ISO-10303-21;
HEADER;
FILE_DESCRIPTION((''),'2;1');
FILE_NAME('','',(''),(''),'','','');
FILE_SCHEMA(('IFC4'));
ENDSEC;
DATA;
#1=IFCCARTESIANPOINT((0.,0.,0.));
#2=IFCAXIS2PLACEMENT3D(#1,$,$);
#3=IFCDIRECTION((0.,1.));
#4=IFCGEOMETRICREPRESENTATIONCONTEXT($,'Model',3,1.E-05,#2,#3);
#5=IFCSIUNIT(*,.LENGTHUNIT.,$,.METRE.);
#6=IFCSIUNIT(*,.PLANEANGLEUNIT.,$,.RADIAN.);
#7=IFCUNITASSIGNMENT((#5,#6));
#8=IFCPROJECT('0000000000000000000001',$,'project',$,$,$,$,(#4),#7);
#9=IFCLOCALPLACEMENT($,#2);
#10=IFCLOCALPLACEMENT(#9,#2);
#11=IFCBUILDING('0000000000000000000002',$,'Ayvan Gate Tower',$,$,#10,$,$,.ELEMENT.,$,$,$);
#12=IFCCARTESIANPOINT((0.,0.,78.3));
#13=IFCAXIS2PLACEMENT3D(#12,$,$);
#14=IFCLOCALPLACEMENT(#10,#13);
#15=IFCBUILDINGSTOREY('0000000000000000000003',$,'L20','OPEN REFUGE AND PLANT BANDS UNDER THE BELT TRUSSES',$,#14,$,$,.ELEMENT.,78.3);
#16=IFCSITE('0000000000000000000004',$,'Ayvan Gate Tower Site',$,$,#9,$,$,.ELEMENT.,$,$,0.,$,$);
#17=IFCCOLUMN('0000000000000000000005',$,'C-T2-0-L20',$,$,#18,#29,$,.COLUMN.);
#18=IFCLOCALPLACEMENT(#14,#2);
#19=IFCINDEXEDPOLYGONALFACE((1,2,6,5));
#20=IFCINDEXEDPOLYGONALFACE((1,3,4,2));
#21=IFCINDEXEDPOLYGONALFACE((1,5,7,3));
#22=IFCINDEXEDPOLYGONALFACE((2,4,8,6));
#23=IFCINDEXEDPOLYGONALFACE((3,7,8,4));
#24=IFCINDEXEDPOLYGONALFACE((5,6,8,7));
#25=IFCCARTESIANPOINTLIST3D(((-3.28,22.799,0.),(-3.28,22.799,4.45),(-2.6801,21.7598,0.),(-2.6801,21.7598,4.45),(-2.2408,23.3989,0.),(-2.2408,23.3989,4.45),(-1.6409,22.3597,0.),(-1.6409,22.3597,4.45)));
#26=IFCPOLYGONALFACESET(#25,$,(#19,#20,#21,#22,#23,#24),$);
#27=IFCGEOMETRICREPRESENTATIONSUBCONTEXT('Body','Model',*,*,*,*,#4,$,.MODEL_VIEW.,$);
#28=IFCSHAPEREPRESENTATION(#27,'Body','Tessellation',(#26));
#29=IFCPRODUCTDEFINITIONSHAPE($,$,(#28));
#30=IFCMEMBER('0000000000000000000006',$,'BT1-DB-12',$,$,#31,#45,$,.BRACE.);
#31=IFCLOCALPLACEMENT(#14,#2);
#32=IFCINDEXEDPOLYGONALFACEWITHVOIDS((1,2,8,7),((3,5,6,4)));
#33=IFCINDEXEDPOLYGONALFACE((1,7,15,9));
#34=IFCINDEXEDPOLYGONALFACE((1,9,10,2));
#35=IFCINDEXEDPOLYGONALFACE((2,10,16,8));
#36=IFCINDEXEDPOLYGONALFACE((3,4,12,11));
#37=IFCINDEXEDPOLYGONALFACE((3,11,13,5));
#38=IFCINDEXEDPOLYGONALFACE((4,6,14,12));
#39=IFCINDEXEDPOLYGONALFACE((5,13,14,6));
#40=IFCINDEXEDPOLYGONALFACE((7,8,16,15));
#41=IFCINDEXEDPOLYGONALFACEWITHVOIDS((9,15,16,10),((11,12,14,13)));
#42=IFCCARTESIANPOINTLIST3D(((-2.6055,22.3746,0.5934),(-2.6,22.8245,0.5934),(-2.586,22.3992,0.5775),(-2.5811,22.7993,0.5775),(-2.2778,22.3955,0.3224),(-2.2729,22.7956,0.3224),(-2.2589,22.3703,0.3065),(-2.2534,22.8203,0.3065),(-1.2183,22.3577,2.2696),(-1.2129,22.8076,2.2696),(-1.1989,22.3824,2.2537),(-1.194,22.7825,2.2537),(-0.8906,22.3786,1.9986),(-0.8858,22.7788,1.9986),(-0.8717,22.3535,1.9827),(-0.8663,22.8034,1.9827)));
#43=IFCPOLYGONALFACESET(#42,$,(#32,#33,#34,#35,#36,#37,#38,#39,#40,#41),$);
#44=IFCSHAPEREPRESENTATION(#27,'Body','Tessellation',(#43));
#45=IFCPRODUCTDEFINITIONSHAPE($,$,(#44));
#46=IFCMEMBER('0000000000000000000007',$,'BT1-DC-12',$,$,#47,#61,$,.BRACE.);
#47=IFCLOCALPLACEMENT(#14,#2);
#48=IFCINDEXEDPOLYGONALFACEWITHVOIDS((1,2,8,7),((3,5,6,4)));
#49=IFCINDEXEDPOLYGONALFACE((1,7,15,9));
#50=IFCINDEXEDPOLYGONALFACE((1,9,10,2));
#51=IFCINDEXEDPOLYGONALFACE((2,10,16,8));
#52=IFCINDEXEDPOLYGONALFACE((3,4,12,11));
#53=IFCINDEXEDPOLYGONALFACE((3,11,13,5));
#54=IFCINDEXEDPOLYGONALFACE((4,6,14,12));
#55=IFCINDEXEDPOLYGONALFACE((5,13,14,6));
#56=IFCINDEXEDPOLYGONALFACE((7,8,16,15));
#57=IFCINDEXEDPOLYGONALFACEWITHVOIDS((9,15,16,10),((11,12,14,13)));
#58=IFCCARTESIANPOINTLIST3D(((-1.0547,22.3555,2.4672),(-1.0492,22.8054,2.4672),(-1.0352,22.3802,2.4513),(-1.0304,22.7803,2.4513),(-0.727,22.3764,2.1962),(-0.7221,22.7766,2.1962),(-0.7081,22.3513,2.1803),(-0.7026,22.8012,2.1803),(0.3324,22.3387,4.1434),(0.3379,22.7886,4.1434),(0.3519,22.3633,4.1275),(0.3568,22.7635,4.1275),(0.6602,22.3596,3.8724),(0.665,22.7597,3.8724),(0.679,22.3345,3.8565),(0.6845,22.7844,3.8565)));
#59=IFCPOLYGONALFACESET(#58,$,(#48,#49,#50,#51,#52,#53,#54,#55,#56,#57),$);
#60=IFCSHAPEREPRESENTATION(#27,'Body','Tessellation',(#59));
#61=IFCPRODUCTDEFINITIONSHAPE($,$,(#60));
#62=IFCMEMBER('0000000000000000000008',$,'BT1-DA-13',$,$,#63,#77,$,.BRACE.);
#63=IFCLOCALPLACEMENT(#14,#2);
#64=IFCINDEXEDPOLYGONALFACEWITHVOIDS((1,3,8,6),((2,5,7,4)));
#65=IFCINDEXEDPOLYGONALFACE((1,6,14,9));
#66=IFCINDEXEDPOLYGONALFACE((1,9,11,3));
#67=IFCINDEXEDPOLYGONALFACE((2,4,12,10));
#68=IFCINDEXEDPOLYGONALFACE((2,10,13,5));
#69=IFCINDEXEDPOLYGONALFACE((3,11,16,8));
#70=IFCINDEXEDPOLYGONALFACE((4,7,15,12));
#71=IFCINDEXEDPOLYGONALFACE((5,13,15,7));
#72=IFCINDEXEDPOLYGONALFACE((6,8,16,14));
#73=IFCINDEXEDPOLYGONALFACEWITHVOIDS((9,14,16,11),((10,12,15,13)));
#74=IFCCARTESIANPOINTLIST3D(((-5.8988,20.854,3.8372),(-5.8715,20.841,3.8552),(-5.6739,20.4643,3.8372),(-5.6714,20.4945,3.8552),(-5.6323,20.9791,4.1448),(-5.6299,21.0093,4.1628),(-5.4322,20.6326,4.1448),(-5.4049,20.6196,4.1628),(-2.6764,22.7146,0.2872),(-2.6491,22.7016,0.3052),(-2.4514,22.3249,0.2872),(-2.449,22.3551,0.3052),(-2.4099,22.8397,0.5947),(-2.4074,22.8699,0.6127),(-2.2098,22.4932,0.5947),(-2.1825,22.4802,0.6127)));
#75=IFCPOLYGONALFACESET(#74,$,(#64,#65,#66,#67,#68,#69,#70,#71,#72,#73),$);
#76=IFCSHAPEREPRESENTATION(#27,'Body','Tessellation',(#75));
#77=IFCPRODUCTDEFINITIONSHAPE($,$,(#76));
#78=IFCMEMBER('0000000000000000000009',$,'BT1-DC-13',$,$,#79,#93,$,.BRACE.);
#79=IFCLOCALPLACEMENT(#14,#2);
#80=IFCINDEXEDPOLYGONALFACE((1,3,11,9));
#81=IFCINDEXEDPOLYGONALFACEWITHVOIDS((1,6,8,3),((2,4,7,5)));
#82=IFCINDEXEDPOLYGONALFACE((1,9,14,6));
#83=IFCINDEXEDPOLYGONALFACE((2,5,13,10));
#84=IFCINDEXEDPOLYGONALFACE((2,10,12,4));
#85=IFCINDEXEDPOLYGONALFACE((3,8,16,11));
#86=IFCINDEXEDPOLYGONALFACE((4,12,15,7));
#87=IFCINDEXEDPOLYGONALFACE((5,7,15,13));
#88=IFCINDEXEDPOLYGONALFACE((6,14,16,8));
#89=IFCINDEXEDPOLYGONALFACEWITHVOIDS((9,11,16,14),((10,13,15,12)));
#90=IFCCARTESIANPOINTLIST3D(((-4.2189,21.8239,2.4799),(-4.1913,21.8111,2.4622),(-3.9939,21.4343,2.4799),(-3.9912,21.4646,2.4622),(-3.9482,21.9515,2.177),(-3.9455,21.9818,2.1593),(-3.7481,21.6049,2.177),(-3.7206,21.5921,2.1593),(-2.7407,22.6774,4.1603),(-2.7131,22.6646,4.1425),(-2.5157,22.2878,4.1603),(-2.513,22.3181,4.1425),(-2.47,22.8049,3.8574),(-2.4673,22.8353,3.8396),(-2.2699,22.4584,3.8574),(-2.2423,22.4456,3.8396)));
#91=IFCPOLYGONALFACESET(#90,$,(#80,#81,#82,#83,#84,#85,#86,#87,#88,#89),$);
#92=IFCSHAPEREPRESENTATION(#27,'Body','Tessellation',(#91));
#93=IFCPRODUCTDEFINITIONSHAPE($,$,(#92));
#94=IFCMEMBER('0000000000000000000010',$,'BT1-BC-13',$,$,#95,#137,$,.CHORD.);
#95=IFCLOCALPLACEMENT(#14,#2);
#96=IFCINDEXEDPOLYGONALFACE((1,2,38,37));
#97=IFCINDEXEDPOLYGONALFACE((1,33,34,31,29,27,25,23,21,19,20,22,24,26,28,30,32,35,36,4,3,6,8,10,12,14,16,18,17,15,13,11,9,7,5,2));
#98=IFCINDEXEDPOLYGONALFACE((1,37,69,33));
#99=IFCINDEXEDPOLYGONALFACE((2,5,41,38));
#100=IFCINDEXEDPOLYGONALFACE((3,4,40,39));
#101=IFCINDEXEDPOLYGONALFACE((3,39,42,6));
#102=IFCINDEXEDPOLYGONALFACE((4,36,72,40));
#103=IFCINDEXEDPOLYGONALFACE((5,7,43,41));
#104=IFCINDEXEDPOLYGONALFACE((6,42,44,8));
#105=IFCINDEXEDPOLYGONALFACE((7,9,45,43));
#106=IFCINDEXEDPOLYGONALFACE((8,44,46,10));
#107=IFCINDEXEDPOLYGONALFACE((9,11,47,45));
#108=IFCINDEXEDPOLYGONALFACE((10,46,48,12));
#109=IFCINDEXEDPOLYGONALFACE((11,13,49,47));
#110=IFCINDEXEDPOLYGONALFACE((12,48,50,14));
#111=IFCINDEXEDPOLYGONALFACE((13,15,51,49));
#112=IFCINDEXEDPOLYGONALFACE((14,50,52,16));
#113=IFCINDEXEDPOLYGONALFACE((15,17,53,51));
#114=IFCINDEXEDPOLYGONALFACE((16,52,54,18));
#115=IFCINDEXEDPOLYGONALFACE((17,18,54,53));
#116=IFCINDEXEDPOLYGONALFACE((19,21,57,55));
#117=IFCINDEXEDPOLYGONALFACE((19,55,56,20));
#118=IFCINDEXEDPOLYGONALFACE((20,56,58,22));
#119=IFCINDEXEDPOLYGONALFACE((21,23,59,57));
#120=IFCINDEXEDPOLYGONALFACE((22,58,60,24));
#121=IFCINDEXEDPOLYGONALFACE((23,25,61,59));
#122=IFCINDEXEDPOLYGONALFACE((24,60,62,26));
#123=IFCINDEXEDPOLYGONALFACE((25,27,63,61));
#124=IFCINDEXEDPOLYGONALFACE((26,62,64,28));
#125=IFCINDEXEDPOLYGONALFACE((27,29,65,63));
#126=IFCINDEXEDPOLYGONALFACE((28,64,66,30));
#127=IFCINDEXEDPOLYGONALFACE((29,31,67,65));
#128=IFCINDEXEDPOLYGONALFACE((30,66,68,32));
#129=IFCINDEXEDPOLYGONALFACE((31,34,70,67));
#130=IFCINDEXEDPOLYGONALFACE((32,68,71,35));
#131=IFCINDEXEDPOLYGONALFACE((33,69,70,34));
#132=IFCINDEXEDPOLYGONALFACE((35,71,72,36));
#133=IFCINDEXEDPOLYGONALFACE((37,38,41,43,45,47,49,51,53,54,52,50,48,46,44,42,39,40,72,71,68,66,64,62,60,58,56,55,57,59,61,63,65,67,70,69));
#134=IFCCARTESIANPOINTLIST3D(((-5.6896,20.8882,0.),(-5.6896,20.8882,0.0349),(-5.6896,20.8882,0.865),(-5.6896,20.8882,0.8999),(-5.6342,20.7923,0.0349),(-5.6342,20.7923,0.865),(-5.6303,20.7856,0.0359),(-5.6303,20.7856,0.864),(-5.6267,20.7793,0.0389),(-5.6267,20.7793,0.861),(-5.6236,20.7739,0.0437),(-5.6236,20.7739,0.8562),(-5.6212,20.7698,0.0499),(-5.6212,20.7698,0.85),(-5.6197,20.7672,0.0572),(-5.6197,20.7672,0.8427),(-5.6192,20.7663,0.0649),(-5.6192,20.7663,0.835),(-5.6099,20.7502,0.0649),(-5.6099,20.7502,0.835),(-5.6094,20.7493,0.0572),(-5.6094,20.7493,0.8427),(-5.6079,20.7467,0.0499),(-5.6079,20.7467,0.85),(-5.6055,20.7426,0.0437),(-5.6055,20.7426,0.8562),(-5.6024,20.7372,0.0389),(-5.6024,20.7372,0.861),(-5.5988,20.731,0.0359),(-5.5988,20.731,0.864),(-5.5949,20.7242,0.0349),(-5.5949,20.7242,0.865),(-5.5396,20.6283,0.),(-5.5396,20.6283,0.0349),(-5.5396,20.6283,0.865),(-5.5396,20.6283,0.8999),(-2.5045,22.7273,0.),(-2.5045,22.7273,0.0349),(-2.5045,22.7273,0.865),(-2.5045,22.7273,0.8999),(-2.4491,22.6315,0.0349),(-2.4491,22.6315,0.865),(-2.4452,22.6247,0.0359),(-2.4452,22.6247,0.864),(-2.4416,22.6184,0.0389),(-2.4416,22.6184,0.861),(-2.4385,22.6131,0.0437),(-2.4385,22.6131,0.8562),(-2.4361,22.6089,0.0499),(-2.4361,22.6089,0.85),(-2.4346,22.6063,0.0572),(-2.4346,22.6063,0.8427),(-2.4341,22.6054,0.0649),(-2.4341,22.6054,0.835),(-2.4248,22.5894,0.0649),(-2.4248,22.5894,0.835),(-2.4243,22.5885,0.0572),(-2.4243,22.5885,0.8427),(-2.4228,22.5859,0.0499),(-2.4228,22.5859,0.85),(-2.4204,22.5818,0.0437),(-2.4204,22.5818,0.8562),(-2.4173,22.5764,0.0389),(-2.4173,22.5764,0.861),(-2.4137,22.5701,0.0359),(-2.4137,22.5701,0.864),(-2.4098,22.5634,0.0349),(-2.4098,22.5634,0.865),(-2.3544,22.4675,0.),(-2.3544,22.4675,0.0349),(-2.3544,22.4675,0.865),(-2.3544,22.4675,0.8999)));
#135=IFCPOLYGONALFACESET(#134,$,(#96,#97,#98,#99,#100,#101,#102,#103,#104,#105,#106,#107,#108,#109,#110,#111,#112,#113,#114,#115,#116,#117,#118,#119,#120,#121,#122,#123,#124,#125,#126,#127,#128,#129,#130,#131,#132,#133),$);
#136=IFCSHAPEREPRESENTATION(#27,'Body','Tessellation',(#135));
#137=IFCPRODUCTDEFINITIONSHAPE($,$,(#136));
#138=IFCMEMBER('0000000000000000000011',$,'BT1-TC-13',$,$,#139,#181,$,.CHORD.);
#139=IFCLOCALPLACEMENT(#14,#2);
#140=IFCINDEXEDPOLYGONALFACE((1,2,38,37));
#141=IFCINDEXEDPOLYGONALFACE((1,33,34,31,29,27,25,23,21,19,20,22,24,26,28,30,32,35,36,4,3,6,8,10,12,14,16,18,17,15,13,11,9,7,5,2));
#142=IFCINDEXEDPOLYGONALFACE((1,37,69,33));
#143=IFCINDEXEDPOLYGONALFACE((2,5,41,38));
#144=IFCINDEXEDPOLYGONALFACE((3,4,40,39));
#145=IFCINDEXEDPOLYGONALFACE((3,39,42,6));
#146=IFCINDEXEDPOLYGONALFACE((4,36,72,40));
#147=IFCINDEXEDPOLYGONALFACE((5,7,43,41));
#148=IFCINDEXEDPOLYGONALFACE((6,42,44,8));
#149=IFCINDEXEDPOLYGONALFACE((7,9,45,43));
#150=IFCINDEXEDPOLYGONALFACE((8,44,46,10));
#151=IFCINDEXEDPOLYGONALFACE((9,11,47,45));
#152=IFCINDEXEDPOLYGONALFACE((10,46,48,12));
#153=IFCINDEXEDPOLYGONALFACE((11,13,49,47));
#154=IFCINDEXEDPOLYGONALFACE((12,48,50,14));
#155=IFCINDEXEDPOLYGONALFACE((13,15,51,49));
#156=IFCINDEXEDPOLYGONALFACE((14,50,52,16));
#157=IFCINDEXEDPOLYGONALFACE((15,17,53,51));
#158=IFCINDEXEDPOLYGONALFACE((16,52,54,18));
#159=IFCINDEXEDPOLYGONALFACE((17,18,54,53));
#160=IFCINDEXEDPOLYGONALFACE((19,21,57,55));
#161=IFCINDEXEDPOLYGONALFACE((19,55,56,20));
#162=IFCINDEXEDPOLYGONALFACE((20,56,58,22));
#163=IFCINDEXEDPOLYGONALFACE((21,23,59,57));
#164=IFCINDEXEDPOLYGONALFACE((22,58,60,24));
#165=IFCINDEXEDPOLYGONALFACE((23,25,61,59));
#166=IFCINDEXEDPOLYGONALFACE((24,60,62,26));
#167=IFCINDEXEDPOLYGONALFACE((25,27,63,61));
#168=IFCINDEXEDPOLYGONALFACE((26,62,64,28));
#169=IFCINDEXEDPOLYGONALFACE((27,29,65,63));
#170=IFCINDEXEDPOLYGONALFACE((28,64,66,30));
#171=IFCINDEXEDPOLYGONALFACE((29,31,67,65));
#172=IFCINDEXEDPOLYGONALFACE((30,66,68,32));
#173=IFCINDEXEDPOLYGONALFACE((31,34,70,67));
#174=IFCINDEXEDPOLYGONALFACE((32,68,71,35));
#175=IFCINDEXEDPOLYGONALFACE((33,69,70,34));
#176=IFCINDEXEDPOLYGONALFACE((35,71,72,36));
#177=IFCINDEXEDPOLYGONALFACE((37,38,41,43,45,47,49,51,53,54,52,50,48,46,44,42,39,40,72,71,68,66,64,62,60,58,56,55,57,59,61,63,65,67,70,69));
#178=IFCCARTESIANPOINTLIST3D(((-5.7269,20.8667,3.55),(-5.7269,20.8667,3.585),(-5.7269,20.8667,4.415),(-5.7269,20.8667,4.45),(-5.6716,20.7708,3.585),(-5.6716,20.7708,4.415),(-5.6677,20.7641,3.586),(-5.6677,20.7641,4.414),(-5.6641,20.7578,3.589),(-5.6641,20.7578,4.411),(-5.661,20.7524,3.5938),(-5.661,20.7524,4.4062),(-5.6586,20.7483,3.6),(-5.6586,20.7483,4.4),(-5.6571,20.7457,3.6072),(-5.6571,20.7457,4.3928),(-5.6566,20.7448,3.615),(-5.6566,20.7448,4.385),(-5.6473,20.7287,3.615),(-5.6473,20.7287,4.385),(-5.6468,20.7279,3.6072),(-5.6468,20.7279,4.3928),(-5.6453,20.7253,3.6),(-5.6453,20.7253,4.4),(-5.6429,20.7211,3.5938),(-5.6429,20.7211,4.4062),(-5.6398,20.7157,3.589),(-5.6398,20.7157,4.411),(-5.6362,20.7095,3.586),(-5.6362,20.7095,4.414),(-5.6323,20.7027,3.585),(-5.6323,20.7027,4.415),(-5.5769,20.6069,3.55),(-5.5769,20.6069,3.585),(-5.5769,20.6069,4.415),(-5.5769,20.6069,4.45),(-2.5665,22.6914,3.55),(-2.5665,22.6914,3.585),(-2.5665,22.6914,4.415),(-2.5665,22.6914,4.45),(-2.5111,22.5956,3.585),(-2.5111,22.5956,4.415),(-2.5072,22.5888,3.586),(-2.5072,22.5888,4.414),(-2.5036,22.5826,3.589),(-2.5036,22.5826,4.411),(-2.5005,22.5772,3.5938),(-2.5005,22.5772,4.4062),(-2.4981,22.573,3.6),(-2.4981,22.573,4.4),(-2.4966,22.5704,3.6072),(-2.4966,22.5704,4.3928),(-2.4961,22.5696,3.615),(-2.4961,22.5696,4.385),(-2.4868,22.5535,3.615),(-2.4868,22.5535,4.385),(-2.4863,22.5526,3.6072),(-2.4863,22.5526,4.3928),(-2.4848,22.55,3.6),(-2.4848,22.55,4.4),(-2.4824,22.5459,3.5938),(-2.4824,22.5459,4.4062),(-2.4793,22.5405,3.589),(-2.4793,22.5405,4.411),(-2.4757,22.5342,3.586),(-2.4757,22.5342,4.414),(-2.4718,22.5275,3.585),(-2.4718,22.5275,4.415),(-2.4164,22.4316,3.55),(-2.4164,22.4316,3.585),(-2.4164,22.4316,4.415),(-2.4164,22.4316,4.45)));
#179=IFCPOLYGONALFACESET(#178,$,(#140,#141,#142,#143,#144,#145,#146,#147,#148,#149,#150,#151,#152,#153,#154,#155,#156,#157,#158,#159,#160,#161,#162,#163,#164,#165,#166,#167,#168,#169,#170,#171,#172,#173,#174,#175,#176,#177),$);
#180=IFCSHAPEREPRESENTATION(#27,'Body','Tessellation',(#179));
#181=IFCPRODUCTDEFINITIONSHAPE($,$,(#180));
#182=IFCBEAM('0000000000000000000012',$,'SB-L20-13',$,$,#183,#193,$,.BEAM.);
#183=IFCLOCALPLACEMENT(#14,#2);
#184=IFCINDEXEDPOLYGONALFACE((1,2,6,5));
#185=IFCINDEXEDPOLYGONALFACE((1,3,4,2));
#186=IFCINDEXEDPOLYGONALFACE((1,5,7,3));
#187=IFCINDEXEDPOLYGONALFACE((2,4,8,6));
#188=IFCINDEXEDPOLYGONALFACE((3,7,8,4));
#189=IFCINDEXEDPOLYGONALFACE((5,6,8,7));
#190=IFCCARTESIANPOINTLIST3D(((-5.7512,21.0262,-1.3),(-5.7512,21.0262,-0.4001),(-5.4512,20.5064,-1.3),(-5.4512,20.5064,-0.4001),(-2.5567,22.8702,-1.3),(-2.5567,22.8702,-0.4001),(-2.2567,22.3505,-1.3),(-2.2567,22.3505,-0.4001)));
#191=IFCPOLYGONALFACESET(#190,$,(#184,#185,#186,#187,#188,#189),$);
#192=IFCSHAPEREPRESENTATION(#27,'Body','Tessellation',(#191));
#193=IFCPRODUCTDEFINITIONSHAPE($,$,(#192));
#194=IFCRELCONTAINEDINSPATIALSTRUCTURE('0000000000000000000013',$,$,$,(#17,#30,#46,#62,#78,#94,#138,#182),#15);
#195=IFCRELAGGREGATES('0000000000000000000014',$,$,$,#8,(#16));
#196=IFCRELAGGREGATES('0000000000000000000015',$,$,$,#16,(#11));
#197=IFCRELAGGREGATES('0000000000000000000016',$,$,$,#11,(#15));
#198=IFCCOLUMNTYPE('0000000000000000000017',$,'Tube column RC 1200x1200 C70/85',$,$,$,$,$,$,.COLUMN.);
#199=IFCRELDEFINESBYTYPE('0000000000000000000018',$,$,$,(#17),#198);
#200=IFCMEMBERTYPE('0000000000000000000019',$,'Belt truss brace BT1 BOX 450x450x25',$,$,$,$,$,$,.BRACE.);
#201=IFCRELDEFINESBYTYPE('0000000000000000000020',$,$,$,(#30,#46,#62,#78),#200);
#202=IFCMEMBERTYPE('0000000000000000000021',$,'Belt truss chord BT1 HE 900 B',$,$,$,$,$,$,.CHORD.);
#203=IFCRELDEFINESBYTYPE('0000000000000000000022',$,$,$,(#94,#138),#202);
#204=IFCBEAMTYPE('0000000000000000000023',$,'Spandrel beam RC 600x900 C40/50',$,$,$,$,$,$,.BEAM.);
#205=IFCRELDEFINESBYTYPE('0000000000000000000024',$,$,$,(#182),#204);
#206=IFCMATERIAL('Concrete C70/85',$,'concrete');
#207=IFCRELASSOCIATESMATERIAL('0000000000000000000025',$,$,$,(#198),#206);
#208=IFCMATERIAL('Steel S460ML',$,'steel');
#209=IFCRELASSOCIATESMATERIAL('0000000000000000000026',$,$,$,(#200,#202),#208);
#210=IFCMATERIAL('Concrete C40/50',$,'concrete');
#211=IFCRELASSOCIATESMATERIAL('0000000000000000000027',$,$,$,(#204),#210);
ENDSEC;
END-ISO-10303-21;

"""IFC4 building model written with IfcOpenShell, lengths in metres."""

from ifc_helpers import new_model, si_unit, direction, frame, origin, origin_2d, place, context, subcontext, project, spatial, rectangle, hollow_rectangle, i_section, extrude, material, material_profile, profile_set, type_object, element, save


model = new_model("IFC4")

# Units and contexts
model_context = context("Model", 3, precision=1e-05, world=origin(), true_north=direction((0.0, 1.0)))
body_context = subcontext(model_context, "Body", "Model", "MODEL_VIEW")
ifc_project = project(units=[si_unit("LENGTHUNIT", "METRE"), si_unit("PLANEANGLEUNIT", "RADIAN")], contexts=[model_context])

# Site, building, storey
site_placement = place(None, origin())
site = spatial("IfcSite", under=ifc_project, at=site_placement, Name="Ayvan Gate Tower Site", CompositionType="ELEMENT", RefElevation=0.0)
building_placement = place(site_placement, origin())
building = spatial("IfcBuilding", under=site, at=building_placement, Name="Ayvan Gate Tower", CompositionType="ELEMENT")
storey_placement = place(building_placement, frame((0.0, 0.0, 78.3)))
storey = spatial("IfcBuildingStorey", under=building, at=storey_placement, Name="L20", Description="OPEN REFUGE AND PLANT BANDS UNDER THE BELT TRUSSES", CompositionType="ELEMENT", Elevation=78.3)

# Column
ifc_material_1 = material(Name="Concrete C70/85", Category="concrete")
ifc_material_profile_1 = material_profile(ifc_material_1, rectangle(XDim=1.2, YDim=1.2, at=origin_2d()), Name="RC 1200x1200")
ifc_profile_set_1 = profile_set([ifc_material_profile_1], Name="Concrete C70/85")
column_type = type_object("IfcColumnType", Name="Tube column RC 1200x1200 C70/85", PredefinedType="COLUMN", material=ifc_profile_set_1)
column_placement = place(storey_placement, frame((-2.4604, 22.5793, 0.0), z_axis=(0.0, 0.0, 1.0), x_axis=(-0.5, 0.866025, 0.0)))
element("IfcColumn", 1, at=column_placement, inside=storey, type_object=column_type, Name="C-T2-0-L20", PredefinedType="COLUMN", context=body_context, shape_type="SweptSolid", body=[
    extrude(rectangle(XDim=1.2, YDim=1.2, at=origin_2d()), origin(), (0.0, 0.0, 1.0), 4.45),
])

# Members
ifc_material_2 = material(Name="Steel S460ML", Category="steel")
ifc_material_profile_2 = material_profile(ifc_material_2, hollow_rectangle(XDim=0.45, YDim=0.45, WallThickness=0.0249, at=origin_2d()), Name="BOX 450x450x25")
ifc_profile_set_2 = profile_set([ifc_material_profile_2], Name="Steel S460ML")
member_type_1 = type_object("IfcMemberType", Name="Belt truss brace BT1 BOX 450x450x25", PredefinedType="BRACE", material=ifc_profile_set_2)
for number, where, z_axis, x_axis, name in (
    (2, (-2.4294, 22.5974, 0.45), (0.637535, -0.007742, 0.770383), (0.012143, 0.999926, 0.0), "BT1-DB-12"),
    (3, (-0.8787, 22.5784, 2.3237), (0.637535, -0.007742, 0.770383), (0.012143, 0.999926, 0.0), "BT1-DC-12"),
):
    element("IfcMember", number, at=place(storey_placement, frame(where, z_axis=z_axis, x_axis=x_axis)), inside=storey, type_object=member_type_1, Name=name, PredefinedType="BRACE", context=body_context, shape_type="SweptSolid", body=[
        extrude(hollow_rectangle(XDim=0.45, YDim=0.45, WallThickness=0.0249, at=origin_2d()), origin(), (0.0, 0.0, 1.0), 2.1758),
    ])
member_1_placement = place(storey_placement, frame((-2.4294, 22.5974, 0.45), z_axis=(-0.626585, -0.361785, 0.690292), x_axis=(0.500027, -0.86601, 0.0)))
element("IfcMember", 4, at=member_1_placement, inside=storey, type_object=member_type_1, Name="BT1-DA-13", PredefinedType="BRACE", context=body_context, shape_type="SweptSolid", body=[
    extrude(hollow_rectangle(XDim=0.45, YDim=0.45, WallThickness=0.0249, at=origin_2d()), origin(), (0.0, 0.0, 1.0), 5.1428),
])
member_2_placement = place(storey_placement, frame((-3.9697, 21.708, 2.3196), z_axis=(0.617148, 0.356325, 0.701541), x_axis=(-0.500015, 0.866016, 0.0)))
element("IfcMember", 5, at=member_2_placement, inside=storey, type_object=member_type_1, Name="BT1-DC-13", PredefinedType="BRACE", context=body_context, shape_type="SweptSolid", body=[
    extrude(hollow_rectangle(XDim=0.45, YDim=0.45, WallThickness=0.0249, at=origin_2d()), origin(), (0.0, 0.0, 1.0), 2.3953),
])
ifc_material_profile_3 = material_profile(ifc_material_2, i_section(OverallWidth=0.3, OverallDepth=0.8999, WebThickness=0.0186, FlangeThickness=0.0349, FilletRadius=0.03, at=origin_2d()), Name="HE 900 B")
ifc_profile_set_3 = profile_set([ifc_material_profile_3], Name="Steel S460ML")
member_type_2 = type_object("IfcMemberType", Name="Belt truss chord BT1 HE 900 B", PredefinedType="CHORD", material=ifc_profile_set_3)
member_3_placement = place(storey_placement, frame((-2.4294, 22.5974, 0.45), z_axis=(-0.866, -0.500044, 0.0), x_axis=(0.500044, -0.866, 0.0)))
element("IfcMember", 6, at=member_3_placement, inside=storey, type_object=member_type_2, Name="BT1-BC-13", PredefinedType="CHORD", context=body_context, shape_type="SweptSolid", body=[
    extrude(i_section(OverallWidth=0.3, OverallDepth=0.8999, WebThickness=0.0186, FlangeThickness=0.0349, FilletRadius=0.03, at=origin_2d()), origin(), (0.0, 0.0, 1.0), 3.678),
])
member_4_placement = place(storey_placement, frame((-2.4915, 22.5615, 4.0), z_axis=(-0.86602, -0.50001, 0.0), x_axis=(0.50001, -0.86602, 0.0)))
element("IfcMember", 7, at=member_4_placement, inside=storey, type_object=member_type_2, Name="BT1-TC-13", PredefinedType="CHORD", context=body_context, shape_type="SweptSolid", body=[
    extrude(i_section(OverallWidth=0.3, OverallDepth=0.8999, WebThickness=0.0186, FlangeThickness=0.0349, FilletRadius=0.03, at=origin_2d()), origin(), (0.0, 0.0, 1.0), 3.6494),
])

# Beam
ifc_material_3 = material(Name="Concrete C40/50", Category="concrete")
ifc_material_profile_4 = material_profile(ifc_material_3, rectangle(XDim=0.6001, YDim=0.8999, at=origin_2d()), Name="RC 600x900")
ifc_profile_set_4 = profile_set([ifc_material_profile_4], Name="Concrete C40/50")
beam_type_1 = type_object("IfcBeamType", Name="Spandrel beam RC 600x900 C40/50", PredefinedType="BEAM", material=ifc_profile_set_4)
beam_1_placement = place(storey_placement, frame((-2.4067, 22.6104, -0.8501), z_axis=(-0.866056, -0.499948, 0.0), x_axis=(0.499948, -0.866056, 0.0)))
element("IfcBeam", 8, at=beam_1_placement, inside=storey, type_object=beam_type_1, Name="SB-L20-13", PredefinedType="BEAM", context=body_context, shape_type="SweptSolid", body=[
    extrude(rectangle(XDim=0.6001, YDim=0.8999, at=origin_2d()), origin(), (0.0, 0.0, 1.0), 3.6885),
])

save(model, "model.ifc")
